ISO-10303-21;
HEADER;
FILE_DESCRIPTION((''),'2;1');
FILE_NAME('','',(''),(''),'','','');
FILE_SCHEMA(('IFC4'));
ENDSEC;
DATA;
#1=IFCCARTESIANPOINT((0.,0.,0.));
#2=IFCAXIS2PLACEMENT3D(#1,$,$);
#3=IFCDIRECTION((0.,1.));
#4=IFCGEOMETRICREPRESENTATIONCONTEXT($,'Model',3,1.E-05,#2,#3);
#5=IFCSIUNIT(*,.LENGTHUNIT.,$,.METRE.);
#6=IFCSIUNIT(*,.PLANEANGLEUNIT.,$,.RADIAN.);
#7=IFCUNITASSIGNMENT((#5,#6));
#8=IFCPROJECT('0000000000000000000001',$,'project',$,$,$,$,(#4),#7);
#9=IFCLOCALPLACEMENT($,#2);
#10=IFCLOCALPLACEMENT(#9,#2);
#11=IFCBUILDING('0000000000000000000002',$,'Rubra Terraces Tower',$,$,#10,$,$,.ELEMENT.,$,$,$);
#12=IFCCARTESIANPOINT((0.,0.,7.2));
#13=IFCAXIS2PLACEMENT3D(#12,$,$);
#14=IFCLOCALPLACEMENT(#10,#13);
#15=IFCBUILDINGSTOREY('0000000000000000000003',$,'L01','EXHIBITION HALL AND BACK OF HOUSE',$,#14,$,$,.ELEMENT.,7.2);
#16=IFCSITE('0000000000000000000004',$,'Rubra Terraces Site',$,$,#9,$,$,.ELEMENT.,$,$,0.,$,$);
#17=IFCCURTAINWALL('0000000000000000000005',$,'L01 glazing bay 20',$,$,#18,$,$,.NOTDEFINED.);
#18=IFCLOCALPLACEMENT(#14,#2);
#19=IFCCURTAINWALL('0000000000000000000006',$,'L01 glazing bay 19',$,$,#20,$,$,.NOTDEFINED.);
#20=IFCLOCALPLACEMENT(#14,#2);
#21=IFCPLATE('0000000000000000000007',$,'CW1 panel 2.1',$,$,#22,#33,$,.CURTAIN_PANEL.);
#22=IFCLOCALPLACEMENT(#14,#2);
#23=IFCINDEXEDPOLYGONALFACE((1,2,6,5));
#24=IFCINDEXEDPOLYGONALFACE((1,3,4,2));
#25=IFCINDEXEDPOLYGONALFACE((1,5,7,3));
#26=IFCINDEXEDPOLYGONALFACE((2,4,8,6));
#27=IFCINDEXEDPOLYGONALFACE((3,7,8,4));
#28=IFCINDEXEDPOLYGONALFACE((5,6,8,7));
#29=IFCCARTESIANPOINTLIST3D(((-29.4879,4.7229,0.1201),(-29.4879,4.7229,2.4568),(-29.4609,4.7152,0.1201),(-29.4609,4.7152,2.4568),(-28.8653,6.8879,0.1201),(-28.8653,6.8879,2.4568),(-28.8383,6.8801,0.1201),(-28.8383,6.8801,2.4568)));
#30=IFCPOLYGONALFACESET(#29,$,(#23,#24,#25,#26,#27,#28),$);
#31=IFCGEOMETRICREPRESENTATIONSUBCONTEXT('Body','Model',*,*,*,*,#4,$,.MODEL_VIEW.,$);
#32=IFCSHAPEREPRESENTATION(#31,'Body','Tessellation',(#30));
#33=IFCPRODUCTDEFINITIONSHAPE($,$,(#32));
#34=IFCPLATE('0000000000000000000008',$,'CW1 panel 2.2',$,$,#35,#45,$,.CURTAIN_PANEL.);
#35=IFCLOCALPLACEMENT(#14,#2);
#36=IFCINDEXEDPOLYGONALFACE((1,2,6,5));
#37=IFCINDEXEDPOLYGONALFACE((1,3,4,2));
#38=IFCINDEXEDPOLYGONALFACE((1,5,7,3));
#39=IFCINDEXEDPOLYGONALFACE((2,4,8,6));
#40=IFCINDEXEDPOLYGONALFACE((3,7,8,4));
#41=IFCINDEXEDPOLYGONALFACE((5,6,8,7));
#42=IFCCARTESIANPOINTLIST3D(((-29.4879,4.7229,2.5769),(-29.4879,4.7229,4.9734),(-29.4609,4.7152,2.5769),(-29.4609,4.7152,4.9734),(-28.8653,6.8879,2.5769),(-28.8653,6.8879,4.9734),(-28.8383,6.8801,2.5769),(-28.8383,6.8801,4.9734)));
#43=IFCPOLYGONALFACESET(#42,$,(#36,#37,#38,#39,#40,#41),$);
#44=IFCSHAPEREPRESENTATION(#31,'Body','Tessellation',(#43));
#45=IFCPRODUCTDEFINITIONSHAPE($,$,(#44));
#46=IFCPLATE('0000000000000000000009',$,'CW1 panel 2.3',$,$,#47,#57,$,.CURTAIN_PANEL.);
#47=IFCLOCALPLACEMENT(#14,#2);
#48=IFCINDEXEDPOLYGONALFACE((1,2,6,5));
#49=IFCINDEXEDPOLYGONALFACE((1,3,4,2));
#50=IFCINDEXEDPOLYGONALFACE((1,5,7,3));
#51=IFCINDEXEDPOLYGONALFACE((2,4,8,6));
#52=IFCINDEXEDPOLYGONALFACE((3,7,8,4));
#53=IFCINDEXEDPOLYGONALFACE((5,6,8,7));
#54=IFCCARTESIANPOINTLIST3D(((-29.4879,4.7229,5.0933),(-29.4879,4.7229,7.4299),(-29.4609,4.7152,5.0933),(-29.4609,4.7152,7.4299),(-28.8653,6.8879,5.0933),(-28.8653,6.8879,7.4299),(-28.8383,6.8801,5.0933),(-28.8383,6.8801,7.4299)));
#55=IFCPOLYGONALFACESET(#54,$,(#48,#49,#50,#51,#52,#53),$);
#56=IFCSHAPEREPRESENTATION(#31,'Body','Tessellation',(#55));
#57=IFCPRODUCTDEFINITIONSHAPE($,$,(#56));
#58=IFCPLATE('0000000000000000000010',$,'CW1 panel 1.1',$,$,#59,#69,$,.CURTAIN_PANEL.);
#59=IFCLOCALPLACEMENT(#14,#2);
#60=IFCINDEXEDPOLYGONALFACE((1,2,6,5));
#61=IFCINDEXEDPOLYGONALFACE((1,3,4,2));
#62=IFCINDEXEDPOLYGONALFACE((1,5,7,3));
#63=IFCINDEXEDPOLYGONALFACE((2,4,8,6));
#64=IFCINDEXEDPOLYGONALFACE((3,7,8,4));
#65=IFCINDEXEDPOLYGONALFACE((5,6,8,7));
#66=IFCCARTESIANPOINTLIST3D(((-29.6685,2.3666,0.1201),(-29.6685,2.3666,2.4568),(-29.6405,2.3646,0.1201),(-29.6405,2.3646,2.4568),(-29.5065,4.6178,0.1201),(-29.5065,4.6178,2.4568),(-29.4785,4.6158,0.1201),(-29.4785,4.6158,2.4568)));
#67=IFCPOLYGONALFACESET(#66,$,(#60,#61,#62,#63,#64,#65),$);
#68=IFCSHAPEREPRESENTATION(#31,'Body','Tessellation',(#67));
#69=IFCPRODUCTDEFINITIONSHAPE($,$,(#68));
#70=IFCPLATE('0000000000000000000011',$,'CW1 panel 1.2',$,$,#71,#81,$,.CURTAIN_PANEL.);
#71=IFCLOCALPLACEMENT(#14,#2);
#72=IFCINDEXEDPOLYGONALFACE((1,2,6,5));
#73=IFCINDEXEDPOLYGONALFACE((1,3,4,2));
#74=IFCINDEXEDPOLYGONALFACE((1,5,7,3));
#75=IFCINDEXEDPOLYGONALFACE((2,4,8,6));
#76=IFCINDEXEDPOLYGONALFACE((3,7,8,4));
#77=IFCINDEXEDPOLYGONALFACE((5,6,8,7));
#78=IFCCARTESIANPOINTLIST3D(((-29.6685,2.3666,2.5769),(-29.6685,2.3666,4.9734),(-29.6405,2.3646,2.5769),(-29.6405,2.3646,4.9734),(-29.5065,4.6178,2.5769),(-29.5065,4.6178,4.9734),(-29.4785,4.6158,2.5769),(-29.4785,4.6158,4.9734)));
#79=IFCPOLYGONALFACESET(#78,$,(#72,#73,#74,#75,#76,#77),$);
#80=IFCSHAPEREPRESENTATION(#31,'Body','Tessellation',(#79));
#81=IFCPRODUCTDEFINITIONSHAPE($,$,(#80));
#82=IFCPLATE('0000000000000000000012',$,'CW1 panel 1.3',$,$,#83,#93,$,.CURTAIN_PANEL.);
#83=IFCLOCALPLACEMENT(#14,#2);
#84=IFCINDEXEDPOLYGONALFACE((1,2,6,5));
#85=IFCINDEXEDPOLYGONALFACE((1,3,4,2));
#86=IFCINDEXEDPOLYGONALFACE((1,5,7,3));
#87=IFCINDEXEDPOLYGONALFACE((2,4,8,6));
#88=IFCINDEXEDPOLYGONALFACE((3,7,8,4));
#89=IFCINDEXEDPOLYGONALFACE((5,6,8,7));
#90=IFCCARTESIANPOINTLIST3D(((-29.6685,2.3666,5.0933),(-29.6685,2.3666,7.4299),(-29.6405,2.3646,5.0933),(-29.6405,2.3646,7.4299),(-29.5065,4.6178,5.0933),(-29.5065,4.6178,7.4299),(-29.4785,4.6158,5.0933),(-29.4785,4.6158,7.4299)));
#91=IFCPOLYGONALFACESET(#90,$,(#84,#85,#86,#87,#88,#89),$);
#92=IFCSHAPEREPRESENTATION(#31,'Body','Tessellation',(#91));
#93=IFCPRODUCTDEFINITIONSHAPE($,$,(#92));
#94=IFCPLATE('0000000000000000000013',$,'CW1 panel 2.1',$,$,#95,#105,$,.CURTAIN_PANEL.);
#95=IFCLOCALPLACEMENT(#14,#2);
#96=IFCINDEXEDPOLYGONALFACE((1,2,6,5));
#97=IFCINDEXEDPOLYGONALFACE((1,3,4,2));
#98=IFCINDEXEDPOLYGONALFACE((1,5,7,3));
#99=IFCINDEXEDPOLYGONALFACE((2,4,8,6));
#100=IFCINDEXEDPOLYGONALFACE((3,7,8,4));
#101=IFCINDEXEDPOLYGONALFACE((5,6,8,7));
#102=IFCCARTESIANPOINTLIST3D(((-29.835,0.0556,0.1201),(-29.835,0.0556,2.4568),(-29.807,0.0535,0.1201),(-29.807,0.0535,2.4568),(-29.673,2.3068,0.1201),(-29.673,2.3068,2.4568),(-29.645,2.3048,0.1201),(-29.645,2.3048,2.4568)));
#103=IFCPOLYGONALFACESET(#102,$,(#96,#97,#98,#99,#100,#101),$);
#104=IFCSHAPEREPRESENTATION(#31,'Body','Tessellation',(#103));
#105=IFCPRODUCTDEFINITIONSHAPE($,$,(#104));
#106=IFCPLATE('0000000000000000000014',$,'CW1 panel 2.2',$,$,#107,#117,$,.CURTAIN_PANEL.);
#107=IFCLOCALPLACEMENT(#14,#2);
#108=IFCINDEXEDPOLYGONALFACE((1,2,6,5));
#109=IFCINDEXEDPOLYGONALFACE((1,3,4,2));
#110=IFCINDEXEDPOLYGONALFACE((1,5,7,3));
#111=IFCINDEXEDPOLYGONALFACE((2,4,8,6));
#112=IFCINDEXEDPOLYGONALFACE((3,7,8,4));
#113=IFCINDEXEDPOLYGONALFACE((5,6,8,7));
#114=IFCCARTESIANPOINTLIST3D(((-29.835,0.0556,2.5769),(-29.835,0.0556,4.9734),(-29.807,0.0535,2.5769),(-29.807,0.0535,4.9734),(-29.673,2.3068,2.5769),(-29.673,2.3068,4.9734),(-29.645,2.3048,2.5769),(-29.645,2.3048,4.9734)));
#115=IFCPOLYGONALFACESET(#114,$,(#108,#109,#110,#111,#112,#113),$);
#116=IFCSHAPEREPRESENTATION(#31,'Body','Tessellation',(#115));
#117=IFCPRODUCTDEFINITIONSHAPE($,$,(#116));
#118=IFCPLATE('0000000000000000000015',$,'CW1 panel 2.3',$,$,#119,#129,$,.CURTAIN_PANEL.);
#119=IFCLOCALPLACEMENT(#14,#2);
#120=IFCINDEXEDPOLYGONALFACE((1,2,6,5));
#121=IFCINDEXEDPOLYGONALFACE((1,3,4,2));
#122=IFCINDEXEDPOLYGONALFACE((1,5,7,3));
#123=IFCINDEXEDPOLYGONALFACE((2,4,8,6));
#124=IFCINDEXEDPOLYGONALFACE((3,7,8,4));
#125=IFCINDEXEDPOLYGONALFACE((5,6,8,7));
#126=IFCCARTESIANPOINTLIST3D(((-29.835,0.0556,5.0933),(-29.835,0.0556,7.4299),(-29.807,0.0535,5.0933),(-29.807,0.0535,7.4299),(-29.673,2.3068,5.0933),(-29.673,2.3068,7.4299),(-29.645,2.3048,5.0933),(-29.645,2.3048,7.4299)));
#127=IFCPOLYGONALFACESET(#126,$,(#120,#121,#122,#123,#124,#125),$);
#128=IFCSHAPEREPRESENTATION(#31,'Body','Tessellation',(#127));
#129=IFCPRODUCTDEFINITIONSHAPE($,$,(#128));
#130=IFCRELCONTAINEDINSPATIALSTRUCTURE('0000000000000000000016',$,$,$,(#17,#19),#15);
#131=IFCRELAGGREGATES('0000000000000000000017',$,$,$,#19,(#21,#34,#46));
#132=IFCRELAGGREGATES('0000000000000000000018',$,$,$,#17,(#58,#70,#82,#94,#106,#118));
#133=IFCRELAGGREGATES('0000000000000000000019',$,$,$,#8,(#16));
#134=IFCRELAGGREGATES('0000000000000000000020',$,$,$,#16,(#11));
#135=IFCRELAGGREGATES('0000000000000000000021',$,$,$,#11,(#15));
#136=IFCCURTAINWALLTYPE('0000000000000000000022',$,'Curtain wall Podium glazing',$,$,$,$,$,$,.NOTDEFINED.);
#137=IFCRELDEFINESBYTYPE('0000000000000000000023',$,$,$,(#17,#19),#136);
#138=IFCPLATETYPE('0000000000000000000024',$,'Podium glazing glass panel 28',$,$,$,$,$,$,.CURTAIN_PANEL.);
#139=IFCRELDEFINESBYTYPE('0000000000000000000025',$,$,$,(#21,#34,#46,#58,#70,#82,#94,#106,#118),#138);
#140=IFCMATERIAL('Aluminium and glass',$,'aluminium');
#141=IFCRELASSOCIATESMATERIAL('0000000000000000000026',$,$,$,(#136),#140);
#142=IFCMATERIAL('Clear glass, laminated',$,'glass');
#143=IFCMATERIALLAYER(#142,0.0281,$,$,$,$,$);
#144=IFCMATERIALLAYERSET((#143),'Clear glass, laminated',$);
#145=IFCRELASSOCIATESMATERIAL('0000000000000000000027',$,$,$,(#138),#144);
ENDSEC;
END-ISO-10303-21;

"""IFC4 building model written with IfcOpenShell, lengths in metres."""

from ifc_helpers import new_model, si_unit, direction, frame, origin, origin_2d, place, context, subcontext, project, spatial, rectangle, extrude, material, layer, layer_set, type_object, element, aggregate, save


model = new_model("IFC4")

# Units and contexts
model_context = context("Model", 3, precision=1e-05, world=origin(), true_north=direction((0.0, 1.0)))
body_context = subcontext(model_context, "Body", "Model", "MODEL_VIEW")
ifc_project = project(units=[si_unit("LENGTHUNIT", "METRE"), si_unit("PLANEANGLEUNIT", "RADIAN")], contexts=[model_context])

# Site, building, storey
site_placement = place(None, origin())
site = spatial("IfcSite", under=ifc_project, at=site_placement, Name="Rubra Terraces Site", CompositionType="ELEMENT", RefElevation=0.0)
building_placement = place(site_placement, origin())
building = spatial("IfcBuilding", under=site, at=building_placement, Name="Rubra Terraces Tower", CompositionType="ELEMENT")
storey_placement = place(building_placement, frame((0.0, 0.0, 7.2)))
storey = spatial("IfcBuildingStorey", under=building, at=storey_placement, Name="L01", Description="EXHIBITION HALL AND BACK OF HOUSE", CompositionType="ELEMENT", Elevation=7.2)

# Curtain wall
ifc_material_1 = material(Name="Aluminium and glass", Category="aluminium")
curtain_wall_type = type_object("IfcCurtainWallType", Name="Curtain wall Podium glazing", PredefinedType="NOTDEFINED", material=ifc_material_1)
curtain_wall_1_placement = place(storey_placement, origin())
curtain_wall_1 = element("IfcCurtainWall", 1, at=curtain_wall_1_placement, inside=storey, type_object=curtain_wall_type, Name="L01 glazing bay 20", PredefinedType="NOTDEFINED")

# Curtain wall
curtain_wall_2_placement = place(storey_placement, origin())
curtain_wall_2 = element("IfcCurtainWall", 2, at=curtain_wall_2_placement, inside=storey, type_object=curtain_wall_type, Name="L01 glazing bay 19", PredefinedType="NOTDEFINED")

# Plates
ifc_material_2 = material(Name="Clear glass, laminated", Category="glass")
ifc_layer = layer(ifc_material_2, 0.0281)
ifc_layer_set = layer_set([ifc_layer], Name="Clear glass, laminated")
plate_type = type_object("IfcPlateType", Name="Podium glazing glass panel 28", PredefinedType="CURTAIN_PANEL", material=ifc_layer_set)
plate_1_placement = place(storey_placement, frame((-29.1631, 5.8015, 0.1201), z_axis=(0.0, 0.0, 1.0), x_axis=(-0.276384, -0.961047, 0.0)))
plate_1 = element("IfcPlate", 3, at=plate_1_placement, type_object=plate_type, Name="CW1 panel 2.1", PredefinedType="CURTAIN_PANEL", context=body_context, shape_type="SweptSolid", body=[
    extrude(rectangle(XDim=2.2527, YDim=0.0281, at=origin_2d()), origin(), (0.0, 0.0, 1.0), 2.3367),
])
plate_2_placement = place(storey_placement, frame((-29.1631, 5.8015, 2.5769), z_axis=(0.0, 0.0, 1.0), x_axis=(-0.276384, -0.961047, 0.0)))
plate_2 = element("IfcPlate", 4, at=plate_2_placement, type_object=plate_type, Name="CW1 panel 2.2", PredefinedType="CURTAIN_PANEL", context=body_context, shape_type="SweptSolid", body=[
    extrude(rectangle(XDim=2.2527, YDim=0.0281, at=origin_2d()), origin(), (0.0, 0.0, 1.0), 2.3965),
])
plate_3_placement = place(storey_placement, frame((-29.1631, 5.8015, 5.0933), z_axis=(0.0, 0.0, 1.0), x_axis=(-0.276384, -0.961047, 0.0)))
plate_3 = element("IfcPlate", 5, at=plate_3_placement, type_object=plate_type, Name="CW1 panel 2.3", PredefinedType="CURTAIN_PANEL", context=body_context, shape_type="SweptSolid", body=[
    extrude(rectangle(XDim=2.2527, YDim=0.0281, at=origin_2d()), origin(), (0.0, 0.0, 1.0), 2.3367),
])
aggregate(curtain_wall_2, [plate_1, plate_2, plate_3])
plate_4_placement = place(storey_placement, frame((-29.5735, 3.4912, 0.1201), z_axis=(0.0, 0.0, 1.0), x_axis=(-0.071792, -0.99742, 0.0)))
plate_4 = element("IfcPlate", 6, at=plate_4_placement, type_object=plate_type, Name="CW1 panel 1.1", PredefinedType="CURTAIN_PANEL", context=body_context, shape_type="SweptSolid", body=[
    extrude(rectangle(XDim=2.2571, YDim=0.0281, at=origin_2d()), origin(), (0.0, 0.0, 1.0), 2.3367),
])
plate_5_placement = place(storey_placement, frame((-29.5735, 3.4912, 2.5769), z_axis=(0.0, 0.0, 1.0), x_axis=(-0.071792, -0.99742, 0.0)))
plate_5 = element("IfcPlate", 7, at=plate_5_placement, type_object=plate_type, Name="CW1 panel 1.2", PredefinedType="CURTAIN_PANEL", context=body_context, shape_type="SweptSolid", body=[
    extrude(rectangle(XDim=2.2571, YDim=0.0281, at=origin_2d()), origin(), (0.0, 0.0, 1.0), 2.3965),
])
plate_6_placement = place(storey_placement, frame((-29.5735, 3.4912, 5.0933), z_axis=(0.0, 0.0, 1.0), x_axis=(-0.071792, -0.99742, 0.0)))
plate_6 = element("IfcPlate", 8, at=plate_6_placement, type_object=plate_type, Name="CW1 panel 1.3", PredefinedType="CURTAIN_PANEL", context=body_context, shape_type="SweptSolid", body=[
    extrude(rectangle(XDim=2.2571, YDim=0.0281, at=origin_2d()), origin(), (0.0, 0.0, 1.0), 2.3367),
])
plate_7_placement = place(storey_placement, frame((-29.74, 1.1802, 0.1201), z_axis=(0.0, 0.0, 1.0), x_axis=(-0.071792, -0.99742, 0.0)))
plate_7 = element("IfcPlate", 9, at=plate_7_placement, type_object=plate_type, Name="CW1 panel 2.1", PredefinedType="CURTAIN_PANEL", context=body_context, shape_type="SweptSolid", body=[
    extrude(rectangle(XDim=2.2571, YDim=0.0281, at=origin_2d()), origin(), (0.0, 0.0, 1.0), 2.3367),
])
plate_8_placement = place(storey_placement, frame((-29.74, 1.1802, 2.5769), z_axis=(0.0, 0.0, 1.0), x_axis=(-0.071792, -0.99742, 0.0)))
plate_8 = element("IfcPlate", 10, at=plate_8_placement, type_object=plate_type, Name="CW1 panel 2.2", PredefinedType="CURTAIN_PANEL", context=body_context, shape_type="SweptSolid", body=[
    extrude(rectangle(XDim=2.2571, YDim=0.0281, at=origin_2d()), origin(), (0.0, 0.0, 1.0), 2.3965),
])
plate_9_placement = place(storey_placement, frame((-29.74, 1.1802, 5.0933), z_axis=(0.0, 0.0, 1.0), x_axis=(-0.071792, -0.99742, 0.0)))
plate_9 = element("IfcPlate", 11, at=plate_9_placement, type_object=plate_type, Name="CW1 panel 2.3", PredefinedType="CURTAIN_PANEL", context=body_context, shape_type="SweptSolid", body=[
    extrude(rectangle(XDim=2.2571, YDim=0.0281, at=origin_2d()), origin(), (0.0, 0.0, 1.0), 2.3367),
])
aggregate(curtain_wall_1, [plate_4, plate_5, plate_6, plate_7, plate_8, plate_9])

save(model, "model.ifc")
